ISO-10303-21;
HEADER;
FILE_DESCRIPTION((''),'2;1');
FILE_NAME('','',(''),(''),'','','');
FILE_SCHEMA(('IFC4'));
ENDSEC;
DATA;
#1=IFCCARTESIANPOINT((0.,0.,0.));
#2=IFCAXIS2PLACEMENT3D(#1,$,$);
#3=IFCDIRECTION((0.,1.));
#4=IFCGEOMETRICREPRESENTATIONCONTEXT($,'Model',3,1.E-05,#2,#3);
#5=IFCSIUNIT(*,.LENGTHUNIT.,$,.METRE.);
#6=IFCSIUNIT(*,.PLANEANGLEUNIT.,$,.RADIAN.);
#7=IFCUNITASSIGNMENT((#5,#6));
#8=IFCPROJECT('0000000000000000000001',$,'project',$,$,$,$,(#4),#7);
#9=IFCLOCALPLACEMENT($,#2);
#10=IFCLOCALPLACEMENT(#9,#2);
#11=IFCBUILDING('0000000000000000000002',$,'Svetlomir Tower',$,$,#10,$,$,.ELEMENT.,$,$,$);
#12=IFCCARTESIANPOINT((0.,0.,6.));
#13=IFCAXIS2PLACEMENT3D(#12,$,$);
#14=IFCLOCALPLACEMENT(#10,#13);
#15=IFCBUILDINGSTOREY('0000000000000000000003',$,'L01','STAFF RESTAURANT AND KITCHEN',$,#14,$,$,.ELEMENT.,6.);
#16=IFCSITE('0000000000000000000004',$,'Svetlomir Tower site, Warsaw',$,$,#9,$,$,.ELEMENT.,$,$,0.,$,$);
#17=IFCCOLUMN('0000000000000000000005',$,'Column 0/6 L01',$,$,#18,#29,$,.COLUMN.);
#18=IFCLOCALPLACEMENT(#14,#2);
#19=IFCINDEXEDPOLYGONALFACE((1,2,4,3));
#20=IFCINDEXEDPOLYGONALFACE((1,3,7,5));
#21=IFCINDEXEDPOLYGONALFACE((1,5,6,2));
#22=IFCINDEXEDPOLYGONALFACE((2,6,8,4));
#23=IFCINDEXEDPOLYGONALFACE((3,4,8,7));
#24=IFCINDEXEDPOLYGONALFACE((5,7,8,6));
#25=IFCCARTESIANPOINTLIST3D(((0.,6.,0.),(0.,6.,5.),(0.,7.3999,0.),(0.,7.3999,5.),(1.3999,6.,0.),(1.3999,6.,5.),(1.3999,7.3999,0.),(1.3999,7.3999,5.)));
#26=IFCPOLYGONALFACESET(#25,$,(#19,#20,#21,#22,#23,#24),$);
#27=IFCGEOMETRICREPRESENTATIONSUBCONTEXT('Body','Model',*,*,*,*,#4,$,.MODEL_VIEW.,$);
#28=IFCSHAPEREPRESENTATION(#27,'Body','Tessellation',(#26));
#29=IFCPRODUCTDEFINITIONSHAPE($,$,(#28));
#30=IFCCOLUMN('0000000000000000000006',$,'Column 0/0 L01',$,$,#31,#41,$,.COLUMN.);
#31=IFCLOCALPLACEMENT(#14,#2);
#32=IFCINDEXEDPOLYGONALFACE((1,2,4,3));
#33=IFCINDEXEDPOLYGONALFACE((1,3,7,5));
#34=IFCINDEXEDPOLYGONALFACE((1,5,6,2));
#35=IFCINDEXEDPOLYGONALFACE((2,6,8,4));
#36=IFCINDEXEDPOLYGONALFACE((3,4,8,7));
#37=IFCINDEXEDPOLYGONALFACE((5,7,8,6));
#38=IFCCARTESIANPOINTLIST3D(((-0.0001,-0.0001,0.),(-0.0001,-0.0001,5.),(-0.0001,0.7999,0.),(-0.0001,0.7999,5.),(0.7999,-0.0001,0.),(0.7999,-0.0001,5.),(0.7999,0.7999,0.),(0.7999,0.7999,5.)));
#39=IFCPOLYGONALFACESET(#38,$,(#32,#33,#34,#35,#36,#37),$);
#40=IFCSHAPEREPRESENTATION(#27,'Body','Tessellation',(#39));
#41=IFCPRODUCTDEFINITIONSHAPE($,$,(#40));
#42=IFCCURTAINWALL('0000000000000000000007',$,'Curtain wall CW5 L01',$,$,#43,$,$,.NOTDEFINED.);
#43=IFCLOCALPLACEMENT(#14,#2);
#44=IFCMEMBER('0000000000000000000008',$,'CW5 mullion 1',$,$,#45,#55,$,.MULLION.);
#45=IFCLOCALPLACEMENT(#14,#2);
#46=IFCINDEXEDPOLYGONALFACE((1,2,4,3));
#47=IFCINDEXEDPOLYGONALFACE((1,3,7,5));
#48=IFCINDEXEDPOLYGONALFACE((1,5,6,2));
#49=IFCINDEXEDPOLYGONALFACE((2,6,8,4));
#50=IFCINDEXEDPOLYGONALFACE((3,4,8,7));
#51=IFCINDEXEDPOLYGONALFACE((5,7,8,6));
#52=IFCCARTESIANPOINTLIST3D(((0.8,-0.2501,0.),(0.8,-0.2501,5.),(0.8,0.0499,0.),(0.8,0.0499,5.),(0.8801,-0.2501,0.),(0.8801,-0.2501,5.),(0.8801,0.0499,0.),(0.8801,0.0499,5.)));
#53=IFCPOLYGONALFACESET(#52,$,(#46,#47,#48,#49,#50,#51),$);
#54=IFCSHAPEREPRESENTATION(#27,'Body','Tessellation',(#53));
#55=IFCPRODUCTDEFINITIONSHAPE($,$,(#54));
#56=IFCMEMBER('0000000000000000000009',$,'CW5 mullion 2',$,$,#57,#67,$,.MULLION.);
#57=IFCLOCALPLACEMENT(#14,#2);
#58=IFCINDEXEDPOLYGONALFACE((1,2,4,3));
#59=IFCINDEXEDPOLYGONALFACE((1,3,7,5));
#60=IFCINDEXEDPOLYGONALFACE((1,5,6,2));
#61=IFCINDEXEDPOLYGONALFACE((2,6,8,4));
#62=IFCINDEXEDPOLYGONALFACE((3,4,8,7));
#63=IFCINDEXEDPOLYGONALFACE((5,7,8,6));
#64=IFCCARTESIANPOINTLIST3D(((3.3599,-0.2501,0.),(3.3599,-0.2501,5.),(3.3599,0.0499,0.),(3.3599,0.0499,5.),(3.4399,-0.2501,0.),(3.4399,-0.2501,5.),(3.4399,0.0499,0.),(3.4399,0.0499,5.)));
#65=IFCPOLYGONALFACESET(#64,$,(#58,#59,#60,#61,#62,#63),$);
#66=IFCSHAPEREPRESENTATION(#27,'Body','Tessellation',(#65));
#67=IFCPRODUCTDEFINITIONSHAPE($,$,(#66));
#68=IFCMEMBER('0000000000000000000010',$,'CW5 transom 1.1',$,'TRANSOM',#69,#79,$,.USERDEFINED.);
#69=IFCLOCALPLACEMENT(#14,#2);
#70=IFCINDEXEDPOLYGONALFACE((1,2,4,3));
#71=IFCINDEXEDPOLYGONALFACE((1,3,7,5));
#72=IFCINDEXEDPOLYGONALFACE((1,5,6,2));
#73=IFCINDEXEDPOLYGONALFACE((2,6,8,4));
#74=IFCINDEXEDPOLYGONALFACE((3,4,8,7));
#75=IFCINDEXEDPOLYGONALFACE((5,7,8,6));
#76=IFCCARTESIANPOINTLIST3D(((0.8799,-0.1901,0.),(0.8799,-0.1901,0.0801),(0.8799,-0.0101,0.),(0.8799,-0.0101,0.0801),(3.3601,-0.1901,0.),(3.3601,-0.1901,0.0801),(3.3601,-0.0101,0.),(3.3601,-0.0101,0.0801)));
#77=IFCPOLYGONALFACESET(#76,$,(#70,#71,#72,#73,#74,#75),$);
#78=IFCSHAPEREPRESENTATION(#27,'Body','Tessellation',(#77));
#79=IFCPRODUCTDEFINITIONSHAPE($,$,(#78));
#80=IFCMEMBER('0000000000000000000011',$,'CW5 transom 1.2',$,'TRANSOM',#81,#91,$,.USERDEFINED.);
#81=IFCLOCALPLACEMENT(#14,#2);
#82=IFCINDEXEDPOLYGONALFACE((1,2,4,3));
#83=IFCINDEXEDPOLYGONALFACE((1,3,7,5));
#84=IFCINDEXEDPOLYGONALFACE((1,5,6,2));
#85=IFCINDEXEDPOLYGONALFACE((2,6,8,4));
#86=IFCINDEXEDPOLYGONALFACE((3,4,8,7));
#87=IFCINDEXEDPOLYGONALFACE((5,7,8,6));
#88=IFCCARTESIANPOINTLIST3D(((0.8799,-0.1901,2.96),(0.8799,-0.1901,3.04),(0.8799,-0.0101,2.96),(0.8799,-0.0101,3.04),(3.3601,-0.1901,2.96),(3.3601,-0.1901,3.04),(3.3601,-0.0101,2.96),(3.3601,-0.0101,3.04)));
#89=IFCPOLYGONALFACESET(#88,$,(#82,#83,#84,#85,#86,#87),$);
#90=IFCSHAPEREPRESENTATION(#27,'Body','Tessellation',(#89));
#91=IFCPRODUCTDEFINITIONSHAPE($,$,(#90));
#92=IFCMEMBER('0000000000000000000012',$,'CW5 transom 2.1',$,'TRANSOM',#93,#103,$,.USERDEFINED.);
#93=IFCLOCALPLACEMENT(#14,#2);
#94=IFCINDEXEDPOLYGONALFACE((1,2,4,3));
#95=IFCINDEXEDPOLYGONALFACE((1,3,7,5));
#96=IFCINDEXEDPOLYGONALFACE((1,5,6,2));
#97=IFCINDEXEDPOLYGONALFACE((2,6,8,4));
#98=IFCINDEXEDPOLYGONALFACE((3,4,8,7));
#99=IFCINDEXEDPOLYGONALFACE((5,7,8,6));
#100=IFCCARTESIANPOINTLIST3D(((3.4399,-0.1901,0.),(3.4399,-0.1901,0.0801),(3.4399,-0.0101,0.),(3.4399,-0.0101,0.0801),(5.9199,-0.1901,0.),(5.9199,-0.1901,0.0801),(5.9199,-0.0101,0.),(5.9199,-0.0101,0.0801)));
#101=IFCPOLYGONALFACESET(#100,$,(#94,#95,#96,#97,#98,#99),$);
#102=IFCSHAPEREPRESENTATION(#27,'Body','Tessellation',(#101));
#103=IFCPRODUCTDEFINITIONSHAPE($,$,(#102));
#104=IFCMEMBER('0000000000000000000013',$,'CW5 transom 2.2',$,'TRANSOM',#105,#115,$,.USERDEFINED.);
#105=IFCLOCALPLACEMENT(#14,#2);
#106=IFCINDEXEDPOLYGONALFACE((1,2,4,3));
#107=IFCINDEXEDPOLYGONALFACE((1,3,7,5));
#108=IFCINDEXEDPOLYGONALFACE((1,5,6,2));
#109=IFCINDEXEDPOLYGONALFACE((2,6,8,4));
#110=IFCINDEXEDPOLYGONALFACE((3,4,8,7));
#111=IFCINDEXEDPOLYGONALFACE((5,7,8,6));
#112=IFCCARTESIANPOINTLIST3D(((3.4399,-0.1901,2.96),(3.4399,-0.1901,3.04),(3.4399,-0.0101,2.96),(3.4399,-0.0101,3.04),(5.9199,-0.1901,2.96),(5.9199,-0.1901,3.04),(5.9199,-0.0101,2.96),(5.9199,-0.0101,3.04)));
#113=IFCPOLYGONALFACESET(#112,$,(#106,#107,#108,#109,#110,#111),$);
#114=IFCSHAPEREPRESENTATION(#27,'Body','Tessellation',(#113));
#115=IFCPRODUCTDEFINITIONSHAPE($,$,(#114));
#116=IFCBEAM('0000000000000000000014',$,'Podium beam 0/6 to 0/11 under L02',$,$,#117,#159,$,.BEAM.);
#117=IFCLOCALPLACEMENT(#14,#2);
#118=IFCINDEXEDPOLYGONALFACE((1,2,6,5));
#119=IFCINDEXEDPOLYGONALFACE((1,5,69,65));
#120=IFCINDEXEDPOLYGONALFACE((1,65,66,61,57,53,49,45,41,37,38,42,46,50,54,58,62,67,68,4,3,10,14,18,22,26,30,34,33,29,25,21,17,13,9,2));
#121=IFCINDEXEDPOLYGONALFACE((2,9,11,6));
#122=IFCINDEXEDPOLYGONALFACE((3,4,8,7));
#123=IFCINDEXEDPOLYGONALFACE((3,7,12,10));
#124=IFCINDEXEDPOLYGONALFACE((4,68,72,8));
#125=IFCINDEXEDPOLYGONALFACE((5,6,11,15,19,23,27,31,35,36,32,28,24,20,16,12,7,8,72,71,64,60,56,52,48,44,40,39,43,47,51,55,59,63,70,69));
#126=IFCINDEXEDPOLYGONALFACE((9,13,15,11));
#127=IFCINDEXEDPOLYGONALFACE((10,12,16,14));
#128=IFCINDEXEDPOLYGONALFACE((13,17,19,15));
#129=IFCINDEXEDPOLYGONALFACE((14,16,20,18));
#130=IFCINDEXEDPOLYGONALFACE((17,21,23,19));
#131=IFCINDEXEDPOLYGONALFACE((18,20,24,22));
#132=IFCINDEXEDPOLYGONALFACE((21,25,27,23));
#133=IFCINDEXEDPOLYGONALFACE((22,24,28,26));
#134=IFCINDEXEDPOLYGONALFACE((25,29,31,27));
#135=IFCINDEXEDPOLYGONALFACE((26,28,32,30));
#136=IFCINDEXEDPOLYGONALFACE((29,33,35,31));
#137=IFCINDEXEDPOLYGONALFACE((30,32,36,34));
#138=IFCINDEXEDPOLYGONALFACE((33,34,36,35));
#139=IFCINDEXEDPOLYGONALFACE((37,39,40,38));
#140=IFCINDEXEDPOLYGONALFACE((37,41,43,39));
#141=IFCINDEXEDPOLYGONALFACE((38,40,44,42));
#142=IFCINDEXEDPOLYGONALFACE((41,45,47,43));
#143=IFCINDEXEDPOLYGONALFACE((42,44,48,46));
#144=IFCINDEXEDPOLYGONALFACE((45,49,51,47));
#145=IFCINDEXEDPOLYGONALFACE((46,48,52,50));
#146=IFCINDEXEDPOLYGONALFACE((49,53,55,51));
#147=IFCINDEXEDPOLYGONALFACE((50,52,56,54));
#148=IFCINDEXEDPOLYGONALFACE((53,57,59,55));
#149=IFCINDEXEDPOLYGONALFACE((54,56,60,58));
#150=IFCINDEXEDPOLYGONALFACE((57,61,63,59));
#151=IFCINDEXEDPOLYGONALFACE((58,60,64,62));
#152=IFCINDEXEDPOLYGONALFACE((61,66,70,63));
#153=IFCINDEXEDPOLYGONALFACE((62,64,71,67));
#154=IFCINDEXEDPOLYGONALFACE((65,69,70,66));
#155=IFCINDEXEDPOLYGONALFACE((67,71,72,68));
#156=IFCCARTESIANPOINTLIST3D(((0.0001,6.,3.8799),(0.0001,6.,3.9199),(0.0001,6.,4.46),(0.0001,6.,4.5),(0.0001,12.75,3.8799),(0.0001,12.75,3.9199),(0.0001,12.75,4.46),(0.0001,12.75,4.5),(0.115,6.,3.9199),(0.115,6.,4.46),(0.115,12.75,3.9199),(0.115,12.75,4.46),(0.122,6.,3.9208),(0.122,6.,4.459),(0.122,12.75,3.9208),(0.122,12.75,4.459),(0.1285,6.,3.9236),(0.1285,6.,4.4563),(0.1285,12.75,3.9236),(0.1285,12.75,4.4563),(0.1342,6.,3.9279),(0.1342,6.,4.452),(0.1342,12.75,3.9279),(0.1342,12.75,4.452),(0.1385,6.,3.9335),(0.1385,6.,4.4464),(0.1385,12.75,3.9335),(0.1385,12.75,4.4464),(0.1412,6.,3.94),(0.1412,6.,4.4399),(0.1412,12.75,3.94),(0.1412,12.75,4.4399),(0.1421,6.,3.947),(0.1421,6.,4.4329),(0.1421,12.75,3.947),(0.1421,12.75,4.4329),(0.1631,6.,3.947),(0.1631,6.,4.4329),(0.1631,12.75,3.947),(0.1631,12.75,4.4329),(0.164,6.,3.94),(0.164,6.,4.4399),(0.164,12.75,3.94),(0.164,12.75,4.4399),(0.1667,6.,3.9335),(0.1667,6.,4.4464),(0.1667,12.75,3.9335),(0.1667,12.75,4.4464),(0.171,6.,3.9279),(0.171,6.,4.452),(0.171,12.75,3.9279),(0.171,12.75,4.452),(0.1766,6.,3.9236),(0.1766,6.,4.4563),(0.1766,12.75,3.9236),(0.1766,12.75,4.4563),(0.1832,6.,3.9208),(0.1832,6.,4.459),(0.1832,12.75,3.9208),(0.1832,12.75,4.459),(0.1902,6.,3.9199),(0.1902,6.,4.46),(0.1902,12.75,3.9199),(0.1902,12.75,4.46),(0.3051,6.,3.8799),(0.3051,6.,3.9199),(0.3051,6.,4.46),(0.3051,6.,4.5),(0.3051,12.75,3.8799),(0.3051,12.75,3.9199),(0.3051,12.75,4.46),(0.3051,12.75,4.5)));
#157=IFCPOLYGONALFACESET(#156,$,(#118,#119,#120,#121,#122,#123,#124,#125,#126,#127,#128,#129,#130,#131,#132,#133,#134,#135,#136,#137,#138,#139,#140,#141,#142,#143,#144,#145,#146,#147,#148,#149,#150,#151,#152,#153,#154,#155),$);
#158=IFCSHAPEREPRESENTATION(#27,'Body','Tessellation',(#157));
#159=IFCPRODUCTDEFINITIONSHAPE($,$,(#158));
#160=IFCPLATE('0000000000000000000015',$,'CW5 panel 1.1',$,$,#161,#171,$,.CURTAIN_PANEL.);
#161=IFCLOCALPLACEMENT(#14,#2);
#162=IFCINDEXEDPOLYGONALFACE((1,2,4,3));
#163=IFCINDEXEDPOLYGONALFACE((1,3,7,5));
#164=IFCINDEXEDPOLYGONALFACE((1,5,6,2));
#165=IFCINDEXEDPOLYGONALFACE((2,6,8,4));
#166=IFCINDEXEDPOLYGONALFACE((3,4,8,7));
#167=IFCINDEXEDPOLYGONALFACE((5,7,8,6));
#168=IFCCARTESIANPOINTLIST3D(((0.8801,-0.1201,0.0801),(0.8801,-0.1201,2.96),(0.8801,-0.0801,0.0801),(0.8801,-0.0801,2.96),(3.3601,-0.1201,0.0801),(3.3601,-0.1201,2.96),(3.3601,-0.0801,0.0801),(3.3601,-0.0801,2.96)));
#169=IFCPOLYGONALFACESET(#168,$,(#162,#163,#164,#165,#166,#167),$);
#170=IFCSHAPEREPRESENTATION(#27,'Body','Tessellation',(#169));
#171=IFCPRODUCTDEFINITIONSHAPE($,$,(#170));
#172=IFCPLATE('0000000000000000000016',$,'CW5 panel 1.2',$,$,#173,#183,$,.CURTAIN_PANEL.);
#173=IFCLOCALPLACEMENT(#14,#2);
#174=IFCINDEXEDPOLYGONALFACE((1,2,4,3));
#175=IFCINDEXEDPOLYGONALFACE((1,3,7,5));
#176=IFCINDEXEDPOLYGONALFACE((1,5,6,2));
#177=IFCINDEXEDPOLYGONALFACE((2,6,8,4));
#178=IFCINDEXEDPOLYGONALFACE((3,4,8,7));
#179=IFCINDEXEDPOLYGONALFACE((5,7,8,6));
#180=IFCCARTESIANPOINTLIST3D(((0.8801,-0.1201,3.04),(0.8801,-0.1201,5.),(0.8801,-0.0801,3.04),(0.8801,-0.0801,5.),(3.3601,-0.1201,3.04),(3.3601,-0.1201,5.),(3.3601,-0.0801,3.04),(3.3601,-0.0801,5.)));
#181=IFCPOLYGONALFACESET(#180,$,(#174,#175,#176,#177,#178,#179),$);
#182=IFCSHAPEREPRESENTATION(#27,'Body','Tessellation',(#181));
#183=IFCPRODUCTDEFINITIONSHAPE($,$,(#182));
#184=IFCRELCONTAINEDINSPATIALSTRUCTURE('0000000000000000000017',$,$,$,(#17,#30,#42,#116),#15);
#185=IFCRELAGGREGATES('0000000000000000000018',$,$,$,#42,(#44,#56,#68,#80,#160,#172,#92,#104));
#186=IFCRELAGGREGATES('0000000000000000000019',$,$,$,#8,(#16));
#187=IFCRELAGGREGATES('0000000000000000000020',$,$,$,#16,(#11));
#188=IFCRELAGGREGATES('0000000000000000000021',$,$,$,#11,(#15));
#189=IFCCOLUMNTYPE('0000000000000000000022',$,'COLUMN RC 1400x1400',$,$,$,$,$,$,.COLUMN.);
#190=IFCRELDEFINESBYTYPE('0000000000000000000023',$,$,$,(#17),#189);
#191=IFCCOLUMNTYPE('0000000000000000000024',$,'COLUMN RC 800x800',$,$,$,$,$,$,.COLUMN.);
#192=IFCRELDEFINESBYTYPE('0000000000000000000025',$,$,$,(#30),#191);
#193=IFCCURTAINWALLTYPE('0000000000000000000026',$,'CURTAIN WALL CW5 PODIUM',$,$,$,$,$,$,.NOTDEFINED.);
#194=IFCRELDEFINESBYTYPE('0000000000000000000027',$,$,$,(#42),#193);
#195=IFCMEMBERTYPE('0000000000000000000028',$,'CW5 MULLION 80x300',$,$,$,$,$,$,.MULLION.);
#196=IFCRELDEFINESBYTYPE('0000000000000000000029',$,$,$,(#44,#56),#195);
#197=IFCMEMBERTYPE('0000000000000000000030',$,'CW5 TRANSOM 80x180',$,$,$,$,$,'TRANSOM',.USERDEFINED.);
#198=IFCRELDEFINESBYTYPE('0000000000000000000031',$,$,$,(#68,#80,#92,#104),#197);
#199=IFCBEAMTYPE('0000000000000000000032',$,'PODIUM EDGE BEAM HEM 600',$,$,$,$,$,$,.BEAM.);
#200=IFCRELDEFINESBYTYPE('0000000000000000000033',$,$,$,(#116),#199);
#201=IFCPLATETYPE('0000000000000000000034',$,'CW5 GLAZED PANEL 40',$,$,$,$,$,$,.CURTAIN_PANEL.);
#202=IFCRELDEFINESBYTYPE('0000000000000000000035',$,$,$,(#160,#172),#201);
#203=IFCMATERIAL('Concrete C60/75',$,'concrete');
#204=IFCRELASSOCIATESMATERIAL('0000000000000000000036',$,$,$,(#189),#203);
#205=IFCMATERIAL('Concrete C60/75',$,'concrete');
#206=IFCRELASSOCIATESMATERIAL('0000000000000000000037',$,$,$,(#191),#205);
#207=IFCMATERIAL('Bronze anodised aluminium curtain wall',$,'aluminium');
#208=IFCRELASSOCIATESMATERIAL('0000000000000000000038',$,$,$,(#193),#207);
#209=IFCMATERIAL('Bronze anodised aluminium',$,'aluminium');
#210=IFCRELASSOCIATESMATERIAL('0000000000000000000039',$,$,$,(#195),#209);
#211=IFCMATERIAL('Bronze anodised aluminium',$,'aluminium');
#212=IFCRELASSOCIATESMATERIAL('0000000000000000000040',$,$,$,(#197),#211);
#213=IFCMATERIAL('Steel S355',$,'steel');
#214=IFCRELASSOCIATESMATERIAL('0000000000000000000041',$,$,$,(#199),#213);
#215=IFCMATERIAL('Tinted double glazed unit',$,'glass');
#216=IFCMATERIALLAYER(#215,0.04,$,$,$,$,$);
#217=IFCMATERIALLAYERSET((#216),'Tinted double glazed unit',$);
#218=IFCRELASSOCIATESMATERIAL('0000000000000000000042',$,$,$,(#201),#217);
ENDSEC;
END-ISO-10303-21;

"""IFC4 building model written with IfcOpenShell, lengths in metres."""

from ifc_helpers import new_model, si_unit, direction, frame, origin, origin_2d, place, context, subcontext, project, spatial, rectangle, i_section, extrude, material, layer, layer_set, material_profile, profile_set, type_object, element, aggregate, save


model = new_model("IFC4")

# Units and contexts
model_context = context("Model", 3, precision=1e-05, world=origin(), true_north=direction((0.0, 1.0)))
body_context = subcontext(model_context, "Body", "Model", "MODEL_VIEW")
ifc_project = project(units=[si_unit("LENGTHUNIT", "METRE"), si_unit("PLANEANGLEUNIT", "RADIAN")], contexts=[model_context])

# Site, building, storey
site_placement = place(None, origin())
site = spatial("IfcSite", under=ifc_project, at=site_placement, Name="Svetlomir Tower site, Warsaw", CompositionType="ELEMENT", RefElevation=0.0)
building_placement = place(site_placement, origin())
building = spatial("IfcBuilding", under=site, at=building_placement, Name="Svetlomir Tower", CompositionType="ELEMENT")
storey_placement = place(building_placement, frame((0.0, 0.0, 6.0)))
storey = spatial("IfcBuildingStorey", under=building, at=storey_placement, Name="L01", Description="STAFF RESTAURANT AND KITCHEN", CompositionType="ELEMENT", Elevation=6.0)

# Columns
ifc_material_1 = material(Name="Concrete C60/75", Category="concrete")
ifc_material_profile_1 = material_profile(ifc_material_1, rectangle(XDim=1.3999, YDim=1.3999, at=origin_2d()), Name="RC 1400x1400")
ifc_profile_set_1 = profile_set([ifc_material_profile_1], Name="Concrete C60/75")
column_type_1 = type_object("IfcColumnType", Name="COLUMN RC 1400x1400", PredefinedType="COLUMN", material=ifc_profile_set_1)
column_1_placement = place(storey_placement, frame((0.7, 6.7, 0.0), z_axis=(0.0, 0.0, 1.0), x_axis=(1.0, 0.0, 0.0)))
element("IfcColumn", 1, at=column_1_placement, inside=storey, type_object=column_type_1, Name="Column 0/6 L01", PredefinedType="COLUMN", context=body_context, shape_type="SweptSolid", body=[
    extrude(rectangle(XDim=1.3999, YDim=1.3999, at=origin_2d()), origin(), (0.0, 0.0, 1.0), 5.0),
])
ifc_material_2 = material(Name="Concrete C60/75", Category="concrete")
ifc_material_profile_2 = material_profile(ifc_material_2, rectangle(XDim=0.8, YDim=0.8, at=origin_2d()), Name="RC 800x800")
ifc_profile_set_2 = profile_set([ifc_material_profile_2], Name="Concrete C60/75")
column_type_2 = type_object("IfcColumnType", Name="COLUMN RC 800x800", PredefinedType="COLUMN", material=ifc_profile_set_2)
column_2_placement = place(storey_placement, frame((0.3999, 0.3999, 0.0), z_axis=(0.0, 0.0, 1.0), x_axis=(1.0, 0.0, 0.0)))
element("IfcColumn", 2, at=column_2_placement, inside=storey, type_object=column_type_2, Name="Column 0/0 L01", PredefinedType="COLUMN", context=body_context, shape_type="SweptSolid", body=[
    extrude(rectangle(XDim=0.8, YDim=0.8, at=origin_2d()), origin(), (0.0, 0.0, 1.0), 5.0),
])

# Curtain wall, members
ifc_material_3 = material(Name="Bronze anodised aluminium curtain wall", Category="aluminium")
curtain_wall_type = type_object("IfcCurtainWallType", Name="CURTAIN WALL CW5 PODIUM", PredefinedType="NOTDEFINED", material=ifc_material_3)
curtain_wall_placement = place(storey_placement, origin())
curtain_wall = element("IfcCurtainWall", 3, at=curtain_wall_placement, inside=storey, type_object=curtain_wall_type, Name="Curtain wall CW5 L01", PredefinedType="NOTDEFINED")
ifc_material_4 = material(Name="Bronze anodised aluminium", Category="aluminium")
ifc_material_profile_3 = material_profile(ifc_material_4, rectangle(XDim=0.0801, YDim=0.3, at=origin_2d()), Name="AL 80x300")
ifc_profile_set_3 = profile_set([ifc_material_profile_3], Name="Bronze anodised aluminium 6063-T6")
member_type_1 = type_object("IfcMemberType", Name="CW5 MULLION 80x300", PredefinedType="MULLION", material=ifc_profile_set_3)
member_1_placement = place(storey_placement, frame((0.8401, -0.1001, 0.0), z_axis=(0.0, 0.0, 1.0), x_axis=(1.0, 0.0, 0.0)))
member_1 = element("IfcMember", 4, at=member_1_placement, type_object=member_type_1, Name="CW5 mullion 1", PredefinedType="MULLION", context=body_context, shape_type="SweptSolid", body=[
    extrude(rectangle(XDim=0.0801, YDim=0.3, at=origin_2d()), origin(), (0.0, 0.0, 1.0), 5.0),
])
member_2_placement = place(storey_placement, frame((3.3999, -0.1001, 0.0), z_axis=(0.0, 0.0, 1.0), x_axis=(1.0, 0.0, 0.0)))
member_2 = element("IfcMember", 5, at=member_2_placement, type_object=member_type_1, Name="CW5 mullion 2", PredefinedType="MULLION", context=body_context, shape_type="SweptSolid", body=[
    extrude(rectangle(XDim=0.0801, YDim=0.3, at=origin_2d()), origin(), (0.0, 0.0, 1.0), 5.0),
])
ifc_material_5 = material(Name="Bronze anodised aluminium", Category="aluminium")
ifc_material_profile_4 = material_profile(ifc_material_5, rectangle(XDim=0.1799, YDim=0.0801, at=origin_2d()), Name="AL 180x80")
ifc_profile_set_4 = profile_set([ifc_material_profile_4], Name="Bronze anodised aluminium 6063-T6")
member_type_2 = type_object("IfcMemberType", Name="CW5 TRANSOM 80x180", ElementType="TRANSOM", PredefinedType="USERDEFINED", material=ifc_profile_set_4)
member_3_placement = place(storey_placement, frame((0.8799, -0.1001, 0.04), z_axis=(1.0, 0.0, 0.0), x_axis=(0.0, 1.0, 0.0)))
member_3 = element("IfcMember", 6, at=member_3_placement, type_object=member_type_2, Name="CW5 transom 1.1", ObjectType="TRANSOM", PredefinedType="USERDEFINED", context=body_context, shape_type="SweptSolid", body=[
    extrude(rectangle(XDim=0.1799, YDim=0.0801, at=origin_2d()), origin(), (0.0, 0.0, 1.0), 2.4802),
])
member_4_placement = place(storey_placement, frame((0.8799, -0.1001, 3.0), z_axis=(1.0, 0.0, 0.0), x_axis=(0.0, 1.0, 0.0)))
member_4 = element("IfcMember", 7, at=member_4_placement, type_object=member_type_2, Name="CW5 transom 1.2", ObjectType="TRANSOM", PredefinedType="USERDEFINED", context=body_context, shape_type="SweptSolid", body=[
    extrude(rectangle(XDim=0.1799, YDim=0.0801, at=origin_2d()), origin(), (0.0, 0.0, 1.0), 2.4802),
])
member_5_placement = place(storey_placement, frame((3.4399, -0.1001, 0.04), z_axis=(1.0, 0.0, 0.0), x_axis=(0.0, 1.0, 0.0)))
member_5 = element("IfcMember", 8, at=member_5_placement, type_object=member_type_2, Name="CW5 transom 2.1", ObjectType="TRANSOM", PredefinedType="USERDEFINED", context=body_context, shape_type="SweptSolid", body=[
    extrude(rectangle(XDim=0.1799, YDim=0.0801, at=origin_2d()), origin(), (0.0, 0.0, 1.0), 2.48),
])
member_6_placement = place(storey_placement, frame((3.4399, -0.1001, 3.0), z_axis=(1.0, 0.0, 0.0), x_axis=(0.0, 1.0, 0.0)))
member_6 = element("IfcMember", 9, at=member_6_placement, type_object=member_type_2, Name="CW5 transom 2.2", ObjectType="TRANSOM", PredefinedType="USERDEFINED", context=body_context, shape_type="SweptSolid", body=[
    extrude(rectangle(XDim=0.1799, YDim=0.0801, at=origin_2d()), origin(), (0.0, 0.0, 1.0), 2.48),
])

# Beam
ifc_material_6 = material(Name="Steel S355", Category="steel")
ifc_material_profile_5 = material_profile(ifc_material_6, i_section(OverallWidth=0.3049, OverallDepth=0.6201, WebThickness=0.021, FlangeThickness=0.04, FilletRadius=0.0271, at=origin_2d()), Name="HEM 600")
ifc_profile_set_5 = profile_set([ifc_material_profile_5], Name="Steel S355")
beam_type = type_object("IfcBeamType", Name="PODIUM EDGE BEAM HEM 600", PredefinedType="BEAM", material=ifc_profile_set_5)
beam_placement = place(storey_placement, frame((0.1526, 6.0, 4.1899), z_axis=(0.0, 1.0, 0.0), x_axis=(-1.0, 0.0, 0.0)))
element("IfcBeam", 10, at=beam_placement, inside=storey, type_object=beam_type, Name="Podium beam 0/6 to 0/11 under L02", PredefinedType="BEAM", context=body_context, shape_type="SweptSolid", body=[
    extrude(i_section(OverallWidth=0.3049, OverallDepth=0.6201, WebThickness=0.021, FlangeThickness=0.04, FilletRadius=0.0271, at=origin_2d()), origin(), (0.0, 0.0, 1.0), 6.75),
])

# Plates
ifc_material_7 = material(Name="Tinted double glazed unit", Category="glass")
ifc_layer_1 = layer(ifc_material_7, 0.04)
ifc_layer_set_1 = layer_set([ifc_layer_1], Name="Tinted double glazed unit")
plate_type = type_object("IfcPlateType", Name="CW5 GLAZED PANEL 40", PredefinedType="CURTAIN_PANEL", material=ifc_layer_set_1)
plate_1_placement = place(storey_placement, frame((2.1201, -0.1001, 0.0801), z_axis=(0.0, 0.0, 1.0), x_axis=(1.0, 0.0, 0.0)))
plate_1 = element("IfcPlate", 11, at=plate_1_placement, type_object=plate_type, Name="CW5 panel 1.1", PredefinedType="CURTAIN_PANEL", context=body_context, shape_type="SweptSolid", body=[
    extrude(rectangle(XDim=2.48, YDim=0.04, at=origin_2d()), origin(), (0.0, 0.0, 1.0), 2.8799),
])
plate_2_placement = place(storey_placement, frame((2.1201, -0.1001, 3.04), z_axis=(0.0, 0.0, 1.0), x_axis=(1.0, 0.0, 0.0)))
plate_2 = element("IfcPlate", 12, at=plate_2_placement, type_object=plate_type, Name="CW5 panel 1.2", PredefinedType="CURTAIN_PANEL", context=body_context, shape_type="SweptSolid", body=[
    extrude(rectangle(XDim=2.48, YDim=0.04, at=origin_2d()), origin(), (0.0, 0.0, 1.0), 1.96),
])
aggregate(curtain_wall, [member_1, member_2, member_3, member_4, plate_1, plate_2, member_5, member_6])

save(model, "model.ifc")
